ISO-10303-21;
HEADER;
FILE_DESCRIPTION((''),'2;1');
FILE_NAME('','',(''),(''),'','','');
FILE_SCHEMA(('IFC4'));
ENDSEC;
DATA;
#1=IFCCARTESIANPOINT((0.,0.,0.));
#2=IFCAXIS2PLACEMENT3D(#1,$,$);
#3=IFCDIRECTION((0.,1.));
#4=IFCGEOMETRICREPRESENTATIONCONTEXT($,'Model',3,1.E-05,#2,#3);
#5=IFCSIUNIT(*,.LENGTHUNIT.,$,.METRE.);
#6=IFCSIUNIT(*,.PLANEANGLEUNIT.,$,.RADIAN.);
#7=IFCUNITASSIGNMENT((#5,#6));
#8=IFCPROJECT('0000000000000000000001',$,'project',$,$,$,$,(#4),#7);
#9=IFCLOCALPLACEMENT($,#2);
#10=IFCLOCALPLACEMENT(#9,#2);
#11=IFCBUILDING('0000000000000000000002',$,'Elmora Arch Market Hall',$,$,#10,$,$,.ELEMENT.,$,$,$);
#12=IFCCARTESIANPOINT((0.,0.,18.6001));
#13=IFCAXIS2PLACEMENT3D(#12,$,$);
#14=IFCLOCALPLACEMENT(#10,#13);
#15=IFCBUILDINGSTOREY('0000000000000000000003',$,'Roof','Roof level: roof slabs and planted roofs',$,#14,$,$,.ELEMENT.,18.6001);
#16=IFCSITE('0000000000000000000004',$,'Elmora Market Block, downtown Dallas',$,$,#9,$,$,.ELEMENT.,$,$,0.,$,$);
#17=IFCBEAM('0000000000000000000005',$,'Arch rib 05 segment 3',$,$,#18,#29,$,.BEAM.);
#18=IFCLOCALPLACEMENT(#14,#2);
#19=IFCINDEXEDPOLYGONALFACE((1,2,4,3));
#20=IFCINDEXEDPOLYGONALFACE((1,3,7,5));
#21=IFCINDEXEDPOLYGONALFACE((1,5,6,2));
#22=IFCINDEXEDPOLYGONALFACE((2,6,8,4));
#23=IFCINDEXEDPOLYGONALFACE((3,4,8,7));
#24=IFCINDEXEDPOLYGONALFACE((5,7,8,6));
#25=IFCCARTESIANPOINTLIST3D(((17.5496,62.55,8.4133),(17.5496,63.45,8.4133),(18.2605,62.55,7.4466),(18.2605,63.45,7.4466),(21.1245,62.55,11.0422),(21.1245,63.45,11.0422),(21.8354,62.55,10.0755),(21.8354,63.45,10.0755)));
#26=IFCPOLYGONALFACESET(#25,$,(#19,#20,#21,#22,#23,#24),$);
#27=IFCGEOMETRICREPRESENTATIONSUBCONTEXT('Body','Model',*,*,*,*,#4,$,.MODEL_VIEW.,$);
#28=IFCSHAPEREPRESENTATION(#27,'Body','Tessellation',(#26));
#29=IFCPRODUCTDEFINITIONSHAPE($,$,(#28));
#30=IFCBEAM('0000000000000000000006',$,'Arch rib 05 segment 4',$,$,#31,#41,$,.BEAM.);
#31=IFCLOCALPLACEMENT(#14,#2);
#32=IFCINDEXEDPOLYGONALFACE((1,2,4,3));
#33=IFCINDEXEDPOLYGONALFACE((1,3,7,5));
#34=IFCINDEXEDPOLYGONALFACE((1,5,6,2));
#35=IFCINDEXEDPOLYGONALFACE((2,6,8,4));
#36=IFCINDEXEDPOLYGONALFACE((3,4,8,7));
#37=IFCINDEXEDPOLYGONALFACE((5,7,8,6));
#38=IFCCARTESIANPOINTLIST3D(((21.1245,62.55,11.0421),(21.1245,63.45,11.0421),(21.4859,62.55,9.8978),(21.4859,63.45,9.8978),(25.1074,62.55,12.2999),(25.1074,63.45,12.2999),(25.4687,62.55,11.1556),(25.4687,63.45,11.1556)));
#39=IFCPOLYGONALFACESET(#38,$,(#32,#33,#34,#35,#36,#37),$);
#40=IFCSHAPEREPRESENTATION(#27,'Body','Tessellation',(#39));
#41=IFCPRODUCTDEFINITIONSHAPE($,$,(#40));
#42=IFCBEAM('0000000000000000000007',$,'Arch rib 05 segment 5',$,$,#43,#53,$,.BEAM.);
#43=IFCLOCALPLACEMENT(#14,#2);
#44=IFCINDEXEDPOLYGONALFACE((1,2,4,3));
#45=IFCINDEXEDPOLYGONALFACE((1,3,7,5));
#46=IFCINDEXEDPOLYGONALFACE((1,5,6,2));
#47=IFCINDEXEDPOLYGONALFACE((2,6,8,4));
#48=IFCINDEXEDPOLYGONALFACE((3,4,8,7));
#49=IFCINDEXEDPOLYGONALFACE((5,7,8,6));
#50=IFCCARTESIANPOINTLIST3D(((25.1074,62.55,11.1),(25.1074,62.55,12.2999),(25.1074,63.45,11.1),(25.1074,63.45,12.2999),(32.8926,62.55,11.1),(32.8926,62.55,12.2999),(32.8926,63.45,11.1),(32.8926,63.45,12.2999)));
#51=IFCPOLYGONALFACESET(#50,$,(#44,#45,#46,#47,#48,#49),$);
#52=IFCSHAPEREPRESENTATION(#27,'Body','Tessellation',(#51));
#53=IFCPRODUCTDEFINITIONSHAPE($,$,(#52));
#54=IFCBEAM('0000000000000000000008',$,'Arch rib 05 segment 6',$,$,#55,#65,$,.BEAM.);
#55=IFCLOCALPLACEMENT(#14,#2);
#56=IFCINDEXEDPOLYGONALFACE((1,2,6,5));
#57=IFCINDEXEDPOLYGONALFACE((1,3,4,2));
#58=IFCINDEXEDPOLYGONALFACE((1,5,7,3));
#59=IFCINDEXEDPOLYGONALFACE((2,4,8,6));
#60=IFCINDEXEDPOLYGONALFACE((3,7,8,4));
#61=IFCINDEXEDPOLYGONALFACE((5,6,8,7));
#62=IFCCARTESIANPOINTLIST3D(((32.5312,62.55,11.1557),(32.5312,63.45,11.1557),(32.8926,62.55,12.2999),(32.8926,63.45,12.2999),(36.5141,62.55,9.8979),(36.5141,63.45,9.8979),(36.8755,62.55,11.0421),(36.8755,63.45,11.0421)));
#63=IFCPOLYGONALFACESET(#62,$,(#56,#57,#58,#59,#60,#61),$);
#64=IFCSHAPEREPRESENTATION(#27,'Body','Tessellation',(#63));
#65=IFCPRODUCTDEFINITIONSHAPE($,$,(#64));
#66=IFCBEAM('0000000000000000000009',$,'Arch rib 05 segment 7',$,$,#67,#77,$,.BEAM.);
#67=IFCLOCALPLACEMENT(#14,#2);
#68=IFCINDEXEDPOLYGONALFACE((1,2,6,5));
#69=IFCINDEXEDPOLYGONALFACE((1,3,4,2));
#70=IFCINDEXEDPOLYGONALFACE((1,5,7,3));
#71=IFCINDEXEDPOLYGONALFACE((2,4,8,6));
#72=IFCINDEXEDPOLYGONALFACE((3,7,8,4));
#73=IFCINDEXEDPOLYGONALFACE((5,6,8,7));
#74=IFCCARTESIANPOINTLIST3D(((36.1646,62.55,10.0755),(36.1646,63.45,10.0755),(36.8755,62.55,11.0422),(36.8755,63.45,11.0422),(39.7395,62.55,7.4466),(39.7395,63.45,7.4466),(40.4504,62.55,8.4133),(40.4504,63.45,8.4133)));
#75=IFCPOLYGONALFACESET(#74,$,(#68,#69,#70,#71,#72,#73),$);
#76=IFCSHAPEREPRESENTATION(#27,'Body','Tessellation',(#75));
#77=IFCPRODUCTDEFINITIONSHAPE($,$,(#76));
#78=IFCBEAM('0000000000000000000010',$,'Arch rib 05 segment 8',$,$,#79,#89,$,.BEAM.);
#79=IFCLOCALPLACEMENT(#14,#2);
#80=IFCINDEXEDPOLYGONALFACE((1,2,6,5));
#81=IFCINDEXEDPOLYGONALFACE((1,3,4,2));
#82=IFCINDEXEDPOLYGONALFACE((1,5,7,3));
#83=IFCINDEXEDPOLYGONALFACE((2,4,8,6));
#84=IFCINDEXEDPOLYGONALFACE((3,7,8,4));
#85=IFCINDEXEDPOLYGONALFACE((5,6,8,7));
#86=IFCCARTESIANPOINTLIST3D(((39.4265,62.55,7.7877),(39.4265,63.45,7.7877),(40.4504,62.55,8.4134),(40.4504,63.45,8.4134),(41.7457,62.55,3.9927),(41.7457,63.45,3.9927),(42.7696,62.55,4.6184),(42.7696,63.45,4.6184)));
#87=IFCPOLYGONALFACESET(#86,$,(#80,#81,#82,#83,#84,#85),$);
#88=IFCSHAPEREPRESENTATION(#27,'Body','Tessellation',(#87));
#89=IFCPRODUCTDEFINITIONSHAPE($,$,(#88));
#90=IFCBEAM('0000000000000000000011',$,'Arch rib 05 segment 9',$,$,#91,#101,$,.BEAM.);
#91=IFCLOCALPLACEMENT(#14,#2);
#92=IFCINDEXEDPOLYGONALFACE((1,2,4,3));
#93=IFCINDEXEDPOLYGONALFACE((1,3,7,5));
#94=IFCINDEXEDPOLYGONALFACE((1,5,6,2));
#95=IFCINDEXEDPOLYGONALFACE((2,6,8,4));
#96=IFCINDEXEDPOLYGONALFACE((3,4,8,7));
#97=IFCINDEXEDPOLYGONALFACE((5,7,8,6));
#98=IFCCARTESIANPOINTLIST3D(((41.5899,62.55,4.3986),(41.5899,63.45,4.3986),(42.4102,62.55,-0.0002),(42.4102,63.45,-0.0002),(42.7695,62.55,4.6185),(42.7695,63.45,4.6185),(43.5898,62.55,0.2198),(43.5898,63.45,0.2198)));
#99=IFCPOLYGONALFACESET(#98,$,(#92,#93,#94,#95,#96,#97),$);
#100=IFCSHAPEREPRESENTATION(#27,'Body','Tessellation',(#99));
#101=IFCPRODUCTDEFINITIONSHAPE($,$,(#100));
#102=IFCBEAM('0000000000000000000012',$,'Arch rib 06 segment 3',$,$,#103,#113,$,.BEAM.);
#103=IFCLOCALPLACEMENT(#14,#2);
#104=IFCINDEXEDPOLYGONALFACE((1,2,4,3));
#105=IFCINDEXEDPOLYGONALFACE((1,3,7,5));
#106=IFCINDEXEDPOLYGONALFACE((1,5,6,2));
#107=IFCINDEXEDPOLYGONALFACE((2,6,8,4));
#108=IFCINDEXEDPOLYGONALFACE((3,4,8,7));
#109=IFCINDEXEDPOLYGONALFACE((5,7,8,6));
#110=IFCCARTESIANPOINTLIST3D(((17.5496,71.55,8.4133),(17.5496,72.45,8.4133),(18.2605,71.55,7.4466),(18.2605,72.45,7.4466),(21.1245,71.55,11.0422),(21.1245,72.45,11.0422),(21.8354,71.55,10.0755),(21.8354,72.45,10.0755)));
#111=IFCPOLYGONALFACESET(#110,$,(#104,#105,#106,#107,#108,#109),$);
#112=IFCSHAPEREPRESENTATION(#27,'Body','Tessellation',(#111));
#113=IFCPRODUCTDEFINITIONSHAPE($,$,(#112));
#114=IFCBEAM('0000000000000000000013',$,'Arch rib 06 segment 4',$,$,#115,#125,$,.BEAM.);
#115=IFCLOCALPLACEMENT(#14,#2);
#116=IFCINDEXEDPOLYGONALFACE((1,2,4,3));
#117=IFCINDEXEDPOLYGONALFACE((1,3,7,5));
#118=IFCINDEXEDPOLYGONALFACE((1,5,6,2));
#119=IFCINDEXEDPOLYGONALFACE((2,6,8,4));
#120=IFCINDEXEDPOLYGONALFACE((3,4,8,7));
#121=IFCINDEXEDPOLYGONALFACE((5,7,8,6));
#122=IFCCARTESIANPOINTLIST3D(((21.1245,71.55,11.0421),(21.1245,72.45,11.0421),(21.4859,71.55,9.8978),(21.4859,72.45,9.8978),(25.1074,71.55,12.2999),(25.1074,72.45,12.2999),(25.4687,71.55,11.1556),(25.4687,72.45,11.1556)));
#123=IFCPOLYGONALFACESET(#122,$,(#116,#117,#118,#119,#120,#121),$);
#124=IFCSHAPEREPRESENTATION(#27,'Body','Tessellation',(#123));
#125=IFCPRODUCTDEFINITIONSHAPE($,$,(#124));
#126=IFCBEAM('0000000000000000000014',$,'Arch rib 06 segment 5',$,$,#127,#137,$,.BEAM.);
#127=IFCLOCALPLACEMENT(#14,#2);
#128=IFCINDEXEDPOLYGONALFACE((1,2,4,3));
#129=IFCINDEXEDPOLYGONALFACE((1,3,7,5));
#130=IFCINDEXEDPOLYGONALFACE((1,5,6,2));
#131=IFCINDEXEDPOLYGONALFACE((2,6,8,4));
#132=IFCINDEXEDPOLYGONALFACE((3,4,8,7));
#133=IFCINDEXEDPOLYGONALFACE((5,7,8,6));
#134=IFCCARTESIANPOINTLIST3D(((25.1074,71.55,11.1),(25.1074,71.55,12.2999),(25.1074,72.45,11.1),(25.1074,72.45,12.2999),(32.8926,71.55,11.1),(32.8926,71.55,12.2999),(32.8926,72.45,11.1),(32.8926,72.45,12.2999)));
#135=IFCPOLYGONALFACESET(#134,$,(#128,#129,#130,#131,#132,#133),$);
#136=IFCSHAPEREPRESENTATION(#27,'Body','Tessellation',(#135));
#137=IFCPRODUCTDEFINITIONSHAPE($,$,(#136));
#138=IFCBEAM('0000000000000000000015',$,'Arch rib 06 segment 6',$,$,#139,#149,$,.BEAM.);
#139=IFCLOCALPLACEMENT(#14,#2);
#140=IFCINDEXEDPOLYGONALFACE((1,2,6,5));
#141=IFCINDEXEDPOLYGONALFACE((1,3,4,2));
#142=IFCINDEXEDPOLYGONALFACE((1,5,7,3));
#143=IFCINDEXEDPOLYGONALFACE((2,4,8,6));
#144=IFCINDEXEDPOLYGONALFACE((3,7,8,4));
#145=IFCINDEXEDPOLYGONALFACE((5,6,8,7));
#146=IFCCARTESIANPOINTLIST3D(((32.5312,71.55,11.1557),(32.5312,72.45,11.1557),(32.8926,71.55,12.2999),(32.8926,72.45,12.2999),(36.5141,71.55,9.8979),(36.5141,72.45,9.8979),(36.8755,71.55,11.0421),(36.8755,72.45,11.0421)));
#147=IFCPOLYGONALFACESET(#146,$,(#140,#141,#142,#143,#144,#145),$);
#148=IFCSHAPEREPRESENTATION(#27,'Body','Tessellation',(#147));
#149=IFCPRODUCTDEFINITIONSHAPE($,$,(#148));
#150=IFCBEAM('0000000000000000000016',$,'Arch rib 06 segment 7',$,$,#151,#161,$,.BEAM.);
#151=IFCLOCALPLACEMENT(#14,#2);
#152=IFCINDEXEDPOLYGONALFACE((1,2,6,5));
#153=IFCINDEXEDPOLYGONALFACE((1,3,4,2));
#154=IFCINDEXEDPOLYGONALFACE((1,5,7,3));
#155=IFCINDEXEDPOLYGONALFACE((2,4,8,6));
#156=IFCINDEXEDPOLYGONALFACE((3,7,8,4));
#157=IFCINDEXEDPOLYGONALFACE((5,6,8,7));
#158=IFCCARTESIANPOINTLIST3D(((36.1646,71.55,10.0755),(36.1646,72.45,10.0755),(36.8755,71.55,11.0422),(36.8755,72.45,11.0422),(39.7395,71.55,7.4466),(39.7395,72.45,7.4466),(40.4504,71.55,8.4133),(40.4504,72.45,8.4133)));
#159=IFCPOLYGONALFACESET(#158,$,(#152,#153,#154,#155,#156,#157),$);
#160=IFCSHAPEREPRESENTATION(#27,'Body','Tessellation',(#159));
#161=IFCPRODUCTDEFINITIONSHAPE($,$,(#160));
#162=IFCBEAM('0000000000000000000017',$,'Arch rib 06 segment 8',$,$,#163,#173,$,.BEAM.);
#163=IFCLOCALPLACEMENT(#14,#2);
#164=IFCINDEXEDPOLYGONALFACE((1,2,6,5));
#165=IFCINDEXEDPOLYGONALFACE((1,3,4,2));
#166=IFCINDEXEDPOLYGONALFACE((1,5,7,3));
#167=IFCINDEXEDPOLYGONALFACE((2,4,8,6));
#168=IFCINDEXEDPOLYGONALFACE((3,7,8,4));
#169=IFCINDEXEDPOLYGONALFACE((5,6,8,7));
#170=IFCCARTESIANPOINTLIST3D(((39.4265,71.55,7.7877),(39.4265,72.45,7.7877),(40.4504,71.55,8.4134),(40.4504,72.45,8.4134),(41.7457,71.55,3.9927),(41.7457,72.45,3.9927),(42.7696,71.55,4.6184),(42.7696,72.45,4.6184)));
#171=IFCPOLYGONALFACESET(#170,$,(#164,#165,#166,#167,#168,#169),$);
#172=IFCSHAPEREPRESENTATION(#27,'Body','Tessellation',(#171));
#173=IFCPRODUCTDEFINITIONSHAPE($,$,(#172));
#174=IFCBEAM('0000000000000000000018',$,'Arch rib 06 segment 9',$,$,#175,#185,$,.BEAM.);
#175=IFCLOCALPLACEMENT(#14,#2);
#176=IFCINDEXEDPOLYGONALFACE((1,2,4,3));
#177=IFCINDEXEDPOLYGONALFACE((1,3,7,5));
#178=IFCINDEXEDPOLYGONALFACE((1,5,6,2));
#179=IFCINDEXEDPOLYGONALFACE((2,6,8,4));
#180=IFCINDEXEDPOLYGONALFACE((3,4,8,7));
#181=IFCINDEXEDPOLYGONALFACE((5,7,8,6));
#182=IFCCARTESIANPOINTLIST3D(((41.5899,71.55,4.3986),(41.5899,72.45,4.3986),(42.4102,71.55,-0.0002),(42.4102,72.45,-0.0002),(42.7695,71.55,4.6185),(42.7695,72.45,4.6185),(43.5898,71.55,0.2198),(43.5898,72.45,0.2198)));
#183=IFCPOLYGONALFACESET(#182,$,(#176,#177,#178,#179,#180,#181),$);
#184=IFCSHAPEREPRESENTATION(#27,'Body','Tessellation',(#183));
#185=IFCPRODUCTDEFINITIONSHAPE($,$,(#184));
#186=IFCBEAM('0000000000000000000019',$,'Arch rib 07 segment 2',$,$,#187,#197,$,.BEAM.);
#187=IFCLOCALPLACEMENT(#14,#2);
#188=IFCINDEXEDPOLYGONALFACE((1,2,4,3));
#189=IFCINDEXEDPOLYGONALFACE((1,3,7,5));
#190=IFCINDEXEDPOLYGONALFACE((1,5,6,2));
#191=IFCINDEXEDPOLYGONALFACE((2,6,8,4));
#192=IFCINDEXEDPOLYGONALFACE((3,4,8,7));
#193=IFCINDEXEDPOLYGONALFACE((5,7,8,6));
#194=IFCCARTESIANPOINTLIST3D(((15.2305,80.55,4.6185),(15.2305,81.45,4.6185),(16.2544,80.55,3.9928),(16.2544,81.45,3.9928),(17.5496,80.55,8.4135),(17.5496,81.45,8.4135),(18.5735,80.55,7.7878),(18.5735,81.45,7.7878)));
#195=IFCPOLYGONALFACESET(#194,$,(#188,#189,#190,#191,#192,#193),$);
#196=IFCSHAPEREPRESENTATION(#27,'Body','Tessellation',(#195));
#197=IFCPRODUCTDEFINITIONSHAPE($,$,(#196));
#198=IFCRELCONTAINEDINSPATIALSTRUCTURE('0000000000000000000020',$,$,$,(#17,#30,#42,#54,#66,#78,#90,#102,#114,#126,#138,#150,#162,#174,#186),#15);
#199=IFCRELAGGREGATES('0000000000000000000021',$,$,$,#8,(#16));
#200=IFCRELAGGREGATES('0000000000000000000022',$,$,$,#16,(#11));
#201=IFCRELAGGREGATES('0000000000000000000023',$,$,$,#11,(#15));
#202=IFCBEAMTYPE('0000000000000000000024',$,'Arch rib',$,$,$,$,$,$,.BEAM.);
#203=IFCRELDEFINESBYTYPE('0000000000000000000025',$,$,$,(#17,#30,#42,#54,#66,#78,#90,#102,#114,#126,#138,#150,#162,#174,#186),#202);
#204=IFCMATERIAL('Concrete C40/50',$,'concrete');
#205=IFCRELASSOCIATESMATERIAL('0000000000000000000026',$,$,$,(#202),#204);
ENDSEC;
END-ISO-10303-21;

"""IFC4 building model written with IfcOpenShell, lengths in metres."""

from ifc_helpers import new_model, si_unit, direction, frame, origin, origin_2d, place, context, subcontext, project, spatial, rectangle, extrude, material, material_profile, profile_set, type_object, element, save


model = new_model("IFC4")

# Units and contexts
model_context = context("Model", 3, precision=1e-05, world=origin(), true_north=direction((0.0, 1.0)))
body_context = subcontext(model_context, "Body", "Model", "MODEL_VIEW")
ifc_project = project(units=[si_unit("LENGTHUNIT", "METRE"), si_unit("PLANEANGLEUNIT", "RADIAN")], contexts=[model_context])

# Site, building, storey
site_placement = place(None, origin())
site = spatial("IfcSite", under=ifc_project, at=site_placement, Name="Elmora Market Block, downtown Dallas", CompositionType="ELEMENT", RefElevation=0.0)
building_placement = place(site_placement, origin())
building = spatial("IfcBuilding", under=site, at=building_placement, Name="Elmora Arch Market Hall", CompositionType="ELEMENT")
storey_placement = place(building_placement, frame((0.0, 0.0, 18.6001)))
storey = spatial("IfcBuildingStorey", under=building, at=storey_placement, Name="Roof", Description="Roof level: roof slabs and planted roofs", CompositionType="ELEMENT", Elevation=18.6001)

# Beams
ifc_material_1 = material(Name="Concrete C40/50", Category="concrete")
ifc_material_profile_1 = material_profile(ifc_material_1, rectangle(XDim=0.8999, YDim=1.2, at=origin_2d()), Name="Arch rib")
ifc_profile_set_1 = profile_set([ifc_material_profile_1], Name="Concrete C40/50")
beam_type = type_object("IfcBeamType", Name="Arch rib", PredefinedType="BEAM", material=ifc_profile_set_1)
beam_1_placement = place(storey_placement, frame((17.905, 63.0, 7.9299), z_axis=(0.805622, 0.0, 0.592429), x_axis=(0.0, 1.0, 0.0)))
element("IfcBeam", 1, at=beam_1_placement, inside=storey, type_object=beam_type, Name="Arch rib 05 segment 3", PredefinedType="BEAM", context=body_context, shape_type="SweptSolid", body=[
    extrude(rectangle(XDim=0.8999, YDim=1.2, at=origin_2d()), origin(), (0.0, 0.0, 1.0), 4.4375),
])
beam_2_placement = place(storey_placement, frame((21.3052, 63.0, 10.47), z_axis=(0.953579, 0.0, 0.301143), x_axis=(0.0, 1.0, 0.0)))
element("IfcBeam", 2, at=beam_2_placement, inside=storey, type_object=beam_type, Name="Arch rib 05 segment 4", PredefinedType="BEAM", context=body_context, shape_type="SweptSolid", body=[
    extrude(rectangle(XDim=0.8999, YDim=1.2, at=origin_2d()), origin(), (0.0, 0.0, 1.0), 4.1768),
])
beam_3_placement = place(storey_placement, frame((25.1074, 63.0, 11.7), z_axis=(1.0, 0.0, 0.0), x_axis=(0.0, 1.0, 0.0)))
element("IfcBeam", 3, at=beam_3_placement, inside=storey, type_object=beam_type, Name="Arch rib 05 segment 5", PredefinedType="BEAM", context=body_context, shape_type="SweptSolid", body=[
    extrude(rectangle(XDim=0.8999, YDim=1.2, at=origin_2d()), origin(), (0.0, 0.0, 1.0), 7.7852),
])
beam_4_placement = place(storey_placement, frame((32.7119, 63.0, 11.7278), z_axis=(0.953579, 0.0, -0.301143), x_axis=(0.0, 1.0, 0.0)))
element("IfcBeam", 4, at=beam_4_placement, inside=storey, type_object=beam_type, Name="Arch rib 05 segment 6", PredefinedType="BEAM", context=body_context, shape_type="SweptSolid", body=[
    extrude(rectangle(XDim=0.8999, YDim=1.2, at=origin_2d()), origin(), (0.0, 0.0, 1.0), 4.1768),
])
beam_5_placement = place(storey_placement, frame((36.52, 63.0, 10.5588), z_axis=(0.805622, 0.0, -0.592429), x_axis=(0.0, 1.0, 0.0)))
element("IfcBeam", 5, at=beam_5_placement, inside=storey, type_object=beam_type, Name="Arch rib 05 segment 7", PredefinedType="BEAM", context=body_context, shape_type="SweptSolid", body=[
    extrude(rectangle(XDim=0.8999, YDim=1.2, at=origin_2d()), origin(), (0.0, 0.0, 1.0), 4.4375),
])
beam_6_placement = place(storey_placement, frame((39.9385, 63.0, 8.1006), z_axis=(0.521446, 0.0, -0.853285), x_axis=(0.0, 1.0, 0.0)))
element("IfcBeam", 6, at=beam_6_placement, inside=storey, type_object=beam_type, Name="Arch rib 05 segment 8", PredefinedType="BEAM", context=body_context, shape_type="SweptSolid", body=[
    extrude(rectangle(XDim=0.8999, YDim=1.2, at=origin_2d()), origin(), (0.0, 0.0, 1.0), 4.4475),
])
beam_7_placement = place(storey_placement, frame((42.1797, 63.0, 4.5085), z_axis=(0.18333, 0.0, -0.983051), x_axis=(0.0, 1.0, 0.0)))
element("IfcBeam", 7, at=beam_7_placement, inside=storey, type_object=beam_type, Name="Arch rib 05 segment 9", PredefinedType="BEAM", context=body_context, shape_type="SweptSolid", body=[
    extrude(rectangle(XDim=0.8999, YDim=1.2, at=origin_2d()), origin(), (0.0, 0.0, 1.0), 4.4746),
])
beam_8_placement = place(storey_placement, frame((17.905, 72.0, 7.9299), z_axis=(0.805622, 0.0, 0.592429), x_axis=(0.0, 1.0, 0.0)))
element("IfcBeam", 8, at=beam_8_placement, inside=storey, type_object=beam_type, Name="Arch rib 06 segment 3", PredefinedType="BEAM", context=body_context, shape_type="SweptSolid", body=[
    extrude(rectangle(XDim=0.8999, YDim=1.2, at=origin_2d()), origin(), (0.0, 0.0, 1.0), 4.4375),
])
beam_9_placement = place(storey_placement, frame((21.3052, 72.0, 10.47), z_axis=(0.953579, 0.0, 0.301143), x_axis=(0.0, 1.0, 0.0)))
element("IfcBeam", 9, at=beam_9_placement, inside=storey, type_object=beam_type, Name="Arch rib 06 segment 4", PredefinedType="BEAM", context=body_context, shape_type="SweptSolid", body=[
    extrude(rectangle(XDim=0.8999, YDim=1.2, at=origin_2d()), origin(), (0.0, 0.0, 1.0), 4.1768),
])
beam_10_placement = place(storey_placement, frame((25.1074, 72.0, 11.7), z_axis=(1.0, 0.0, 0.0), x_axis=(0.0, 1.0, 0.0)))
element("IfcBeam", 10, at=beam_10_placement, inside=storey, type_object=beam_type, Name="Arch rib 06 segment 5", PredefinedType="BEAM", context=body_context, shape_type="SweptSolid", body=[
    extrude(rectangle(XDim=0.8999, YDim=1.2, at=origin_2d()), origin(), (0.0, 0.0, 1.0), 7.7852),
])
beam_11_placement = place(storey_placement, frame((32.7119, 72.0, 11.7278), z_axis=(0.953579, 0.0, -0.301143), x_axis=(0.0, 1.0, 0.0)))
element("IfcBeam", 11, at=beam_11_placement, inside=storey, type_object=beam_type, Name="Arch rib 06 segment 6", PredefinedType="BEAM", context=body_context, shape_type="SweptSolid", body=[
    extrude(rectangle(XDim=0.8999, YDim=1.2, at=origin_2d()), origin(), (0.0, 0.0, 1.0), 4.1768),
])
beam_12_placement = place(storey_placement, frame((36.52, 72.0, 10.5588), z_axis=(0.805622, 0.0, -0.592429), x_axis=(0.0, 1.0, 0.0)))
element("IfcBeam", 12, at=beam_12_placement, inside=storey, type_object=beam_type, Name="Arch rib 06 segment 7", PredefinedType="BEAM", context=body_context, shape_type="SweptSolid", body=[
    extrude(rectangle(XDim=0.8999, YDim=1.2, at=origin_2d()), origin(), (0.0, 0.0, 1.0), 4.4375),
])
beam_13_placement = place(storey_placement, frame((39.9385, 72.0, 8.1006), z_axis=(0.521446, 0.0, -0.853285), x_axis=(0.0, 1.0, 0.0)))
element("IfcBeam", 13, at=beam_13_placement, inside=storey, type_object=beam_type, Name="Arch rib 06 segment 8", PredefinedType="BEAM", context=body_context, shape_type="SweptSolid", body=[
    extrude(rectangle(XDim=0.8999, YDim=1.2, at=origin_2d()), origin(), (0.0, 0.0, 1.0), 4.4475),
])
beam_14_placement = place(storey_placement, frame((42.1797, 72.0, 4.5085), z_axis=(0.18333, 0.0, -0.983051), x_axis=(0.0, 1.0, 0.0)))
element("IfcBeam", 14, at=beam_14_placement, inside=storey, type_object=beam_type, Name="Arch rib 06 segment 9", PredefinedType="BEAM", context=body_context, shape_type="SweptSolid", body=[
    extrude(rectangle(XDim=0.8999, YDim=1.2, at=origin_2d()), origin(), (0.0, 0.0, 1.0), 4.4746),
])
beam_15_placement = place(storey_placement, frame((15.7424, 81.0, 4.3057), z_axis=(0.521446, 0.0, 0.853285), x_axis=(0.0, 1.0, 0.0)))
element("IfcBeam", 15, at=beam_15_placement, inside=storey, type_object=beam_type, Name="Arch rib 07 segment 2", PredefinedType="BEAM", context=body_context, shape_type="SweptSolid", body=[
    extrude(rectangle(XDim=0.8999, YDim=1.2, at=origin_2d()), origin(), (0.0, 0.0, 1.0), 4.4475),
])

save(model, "model.ifc")
